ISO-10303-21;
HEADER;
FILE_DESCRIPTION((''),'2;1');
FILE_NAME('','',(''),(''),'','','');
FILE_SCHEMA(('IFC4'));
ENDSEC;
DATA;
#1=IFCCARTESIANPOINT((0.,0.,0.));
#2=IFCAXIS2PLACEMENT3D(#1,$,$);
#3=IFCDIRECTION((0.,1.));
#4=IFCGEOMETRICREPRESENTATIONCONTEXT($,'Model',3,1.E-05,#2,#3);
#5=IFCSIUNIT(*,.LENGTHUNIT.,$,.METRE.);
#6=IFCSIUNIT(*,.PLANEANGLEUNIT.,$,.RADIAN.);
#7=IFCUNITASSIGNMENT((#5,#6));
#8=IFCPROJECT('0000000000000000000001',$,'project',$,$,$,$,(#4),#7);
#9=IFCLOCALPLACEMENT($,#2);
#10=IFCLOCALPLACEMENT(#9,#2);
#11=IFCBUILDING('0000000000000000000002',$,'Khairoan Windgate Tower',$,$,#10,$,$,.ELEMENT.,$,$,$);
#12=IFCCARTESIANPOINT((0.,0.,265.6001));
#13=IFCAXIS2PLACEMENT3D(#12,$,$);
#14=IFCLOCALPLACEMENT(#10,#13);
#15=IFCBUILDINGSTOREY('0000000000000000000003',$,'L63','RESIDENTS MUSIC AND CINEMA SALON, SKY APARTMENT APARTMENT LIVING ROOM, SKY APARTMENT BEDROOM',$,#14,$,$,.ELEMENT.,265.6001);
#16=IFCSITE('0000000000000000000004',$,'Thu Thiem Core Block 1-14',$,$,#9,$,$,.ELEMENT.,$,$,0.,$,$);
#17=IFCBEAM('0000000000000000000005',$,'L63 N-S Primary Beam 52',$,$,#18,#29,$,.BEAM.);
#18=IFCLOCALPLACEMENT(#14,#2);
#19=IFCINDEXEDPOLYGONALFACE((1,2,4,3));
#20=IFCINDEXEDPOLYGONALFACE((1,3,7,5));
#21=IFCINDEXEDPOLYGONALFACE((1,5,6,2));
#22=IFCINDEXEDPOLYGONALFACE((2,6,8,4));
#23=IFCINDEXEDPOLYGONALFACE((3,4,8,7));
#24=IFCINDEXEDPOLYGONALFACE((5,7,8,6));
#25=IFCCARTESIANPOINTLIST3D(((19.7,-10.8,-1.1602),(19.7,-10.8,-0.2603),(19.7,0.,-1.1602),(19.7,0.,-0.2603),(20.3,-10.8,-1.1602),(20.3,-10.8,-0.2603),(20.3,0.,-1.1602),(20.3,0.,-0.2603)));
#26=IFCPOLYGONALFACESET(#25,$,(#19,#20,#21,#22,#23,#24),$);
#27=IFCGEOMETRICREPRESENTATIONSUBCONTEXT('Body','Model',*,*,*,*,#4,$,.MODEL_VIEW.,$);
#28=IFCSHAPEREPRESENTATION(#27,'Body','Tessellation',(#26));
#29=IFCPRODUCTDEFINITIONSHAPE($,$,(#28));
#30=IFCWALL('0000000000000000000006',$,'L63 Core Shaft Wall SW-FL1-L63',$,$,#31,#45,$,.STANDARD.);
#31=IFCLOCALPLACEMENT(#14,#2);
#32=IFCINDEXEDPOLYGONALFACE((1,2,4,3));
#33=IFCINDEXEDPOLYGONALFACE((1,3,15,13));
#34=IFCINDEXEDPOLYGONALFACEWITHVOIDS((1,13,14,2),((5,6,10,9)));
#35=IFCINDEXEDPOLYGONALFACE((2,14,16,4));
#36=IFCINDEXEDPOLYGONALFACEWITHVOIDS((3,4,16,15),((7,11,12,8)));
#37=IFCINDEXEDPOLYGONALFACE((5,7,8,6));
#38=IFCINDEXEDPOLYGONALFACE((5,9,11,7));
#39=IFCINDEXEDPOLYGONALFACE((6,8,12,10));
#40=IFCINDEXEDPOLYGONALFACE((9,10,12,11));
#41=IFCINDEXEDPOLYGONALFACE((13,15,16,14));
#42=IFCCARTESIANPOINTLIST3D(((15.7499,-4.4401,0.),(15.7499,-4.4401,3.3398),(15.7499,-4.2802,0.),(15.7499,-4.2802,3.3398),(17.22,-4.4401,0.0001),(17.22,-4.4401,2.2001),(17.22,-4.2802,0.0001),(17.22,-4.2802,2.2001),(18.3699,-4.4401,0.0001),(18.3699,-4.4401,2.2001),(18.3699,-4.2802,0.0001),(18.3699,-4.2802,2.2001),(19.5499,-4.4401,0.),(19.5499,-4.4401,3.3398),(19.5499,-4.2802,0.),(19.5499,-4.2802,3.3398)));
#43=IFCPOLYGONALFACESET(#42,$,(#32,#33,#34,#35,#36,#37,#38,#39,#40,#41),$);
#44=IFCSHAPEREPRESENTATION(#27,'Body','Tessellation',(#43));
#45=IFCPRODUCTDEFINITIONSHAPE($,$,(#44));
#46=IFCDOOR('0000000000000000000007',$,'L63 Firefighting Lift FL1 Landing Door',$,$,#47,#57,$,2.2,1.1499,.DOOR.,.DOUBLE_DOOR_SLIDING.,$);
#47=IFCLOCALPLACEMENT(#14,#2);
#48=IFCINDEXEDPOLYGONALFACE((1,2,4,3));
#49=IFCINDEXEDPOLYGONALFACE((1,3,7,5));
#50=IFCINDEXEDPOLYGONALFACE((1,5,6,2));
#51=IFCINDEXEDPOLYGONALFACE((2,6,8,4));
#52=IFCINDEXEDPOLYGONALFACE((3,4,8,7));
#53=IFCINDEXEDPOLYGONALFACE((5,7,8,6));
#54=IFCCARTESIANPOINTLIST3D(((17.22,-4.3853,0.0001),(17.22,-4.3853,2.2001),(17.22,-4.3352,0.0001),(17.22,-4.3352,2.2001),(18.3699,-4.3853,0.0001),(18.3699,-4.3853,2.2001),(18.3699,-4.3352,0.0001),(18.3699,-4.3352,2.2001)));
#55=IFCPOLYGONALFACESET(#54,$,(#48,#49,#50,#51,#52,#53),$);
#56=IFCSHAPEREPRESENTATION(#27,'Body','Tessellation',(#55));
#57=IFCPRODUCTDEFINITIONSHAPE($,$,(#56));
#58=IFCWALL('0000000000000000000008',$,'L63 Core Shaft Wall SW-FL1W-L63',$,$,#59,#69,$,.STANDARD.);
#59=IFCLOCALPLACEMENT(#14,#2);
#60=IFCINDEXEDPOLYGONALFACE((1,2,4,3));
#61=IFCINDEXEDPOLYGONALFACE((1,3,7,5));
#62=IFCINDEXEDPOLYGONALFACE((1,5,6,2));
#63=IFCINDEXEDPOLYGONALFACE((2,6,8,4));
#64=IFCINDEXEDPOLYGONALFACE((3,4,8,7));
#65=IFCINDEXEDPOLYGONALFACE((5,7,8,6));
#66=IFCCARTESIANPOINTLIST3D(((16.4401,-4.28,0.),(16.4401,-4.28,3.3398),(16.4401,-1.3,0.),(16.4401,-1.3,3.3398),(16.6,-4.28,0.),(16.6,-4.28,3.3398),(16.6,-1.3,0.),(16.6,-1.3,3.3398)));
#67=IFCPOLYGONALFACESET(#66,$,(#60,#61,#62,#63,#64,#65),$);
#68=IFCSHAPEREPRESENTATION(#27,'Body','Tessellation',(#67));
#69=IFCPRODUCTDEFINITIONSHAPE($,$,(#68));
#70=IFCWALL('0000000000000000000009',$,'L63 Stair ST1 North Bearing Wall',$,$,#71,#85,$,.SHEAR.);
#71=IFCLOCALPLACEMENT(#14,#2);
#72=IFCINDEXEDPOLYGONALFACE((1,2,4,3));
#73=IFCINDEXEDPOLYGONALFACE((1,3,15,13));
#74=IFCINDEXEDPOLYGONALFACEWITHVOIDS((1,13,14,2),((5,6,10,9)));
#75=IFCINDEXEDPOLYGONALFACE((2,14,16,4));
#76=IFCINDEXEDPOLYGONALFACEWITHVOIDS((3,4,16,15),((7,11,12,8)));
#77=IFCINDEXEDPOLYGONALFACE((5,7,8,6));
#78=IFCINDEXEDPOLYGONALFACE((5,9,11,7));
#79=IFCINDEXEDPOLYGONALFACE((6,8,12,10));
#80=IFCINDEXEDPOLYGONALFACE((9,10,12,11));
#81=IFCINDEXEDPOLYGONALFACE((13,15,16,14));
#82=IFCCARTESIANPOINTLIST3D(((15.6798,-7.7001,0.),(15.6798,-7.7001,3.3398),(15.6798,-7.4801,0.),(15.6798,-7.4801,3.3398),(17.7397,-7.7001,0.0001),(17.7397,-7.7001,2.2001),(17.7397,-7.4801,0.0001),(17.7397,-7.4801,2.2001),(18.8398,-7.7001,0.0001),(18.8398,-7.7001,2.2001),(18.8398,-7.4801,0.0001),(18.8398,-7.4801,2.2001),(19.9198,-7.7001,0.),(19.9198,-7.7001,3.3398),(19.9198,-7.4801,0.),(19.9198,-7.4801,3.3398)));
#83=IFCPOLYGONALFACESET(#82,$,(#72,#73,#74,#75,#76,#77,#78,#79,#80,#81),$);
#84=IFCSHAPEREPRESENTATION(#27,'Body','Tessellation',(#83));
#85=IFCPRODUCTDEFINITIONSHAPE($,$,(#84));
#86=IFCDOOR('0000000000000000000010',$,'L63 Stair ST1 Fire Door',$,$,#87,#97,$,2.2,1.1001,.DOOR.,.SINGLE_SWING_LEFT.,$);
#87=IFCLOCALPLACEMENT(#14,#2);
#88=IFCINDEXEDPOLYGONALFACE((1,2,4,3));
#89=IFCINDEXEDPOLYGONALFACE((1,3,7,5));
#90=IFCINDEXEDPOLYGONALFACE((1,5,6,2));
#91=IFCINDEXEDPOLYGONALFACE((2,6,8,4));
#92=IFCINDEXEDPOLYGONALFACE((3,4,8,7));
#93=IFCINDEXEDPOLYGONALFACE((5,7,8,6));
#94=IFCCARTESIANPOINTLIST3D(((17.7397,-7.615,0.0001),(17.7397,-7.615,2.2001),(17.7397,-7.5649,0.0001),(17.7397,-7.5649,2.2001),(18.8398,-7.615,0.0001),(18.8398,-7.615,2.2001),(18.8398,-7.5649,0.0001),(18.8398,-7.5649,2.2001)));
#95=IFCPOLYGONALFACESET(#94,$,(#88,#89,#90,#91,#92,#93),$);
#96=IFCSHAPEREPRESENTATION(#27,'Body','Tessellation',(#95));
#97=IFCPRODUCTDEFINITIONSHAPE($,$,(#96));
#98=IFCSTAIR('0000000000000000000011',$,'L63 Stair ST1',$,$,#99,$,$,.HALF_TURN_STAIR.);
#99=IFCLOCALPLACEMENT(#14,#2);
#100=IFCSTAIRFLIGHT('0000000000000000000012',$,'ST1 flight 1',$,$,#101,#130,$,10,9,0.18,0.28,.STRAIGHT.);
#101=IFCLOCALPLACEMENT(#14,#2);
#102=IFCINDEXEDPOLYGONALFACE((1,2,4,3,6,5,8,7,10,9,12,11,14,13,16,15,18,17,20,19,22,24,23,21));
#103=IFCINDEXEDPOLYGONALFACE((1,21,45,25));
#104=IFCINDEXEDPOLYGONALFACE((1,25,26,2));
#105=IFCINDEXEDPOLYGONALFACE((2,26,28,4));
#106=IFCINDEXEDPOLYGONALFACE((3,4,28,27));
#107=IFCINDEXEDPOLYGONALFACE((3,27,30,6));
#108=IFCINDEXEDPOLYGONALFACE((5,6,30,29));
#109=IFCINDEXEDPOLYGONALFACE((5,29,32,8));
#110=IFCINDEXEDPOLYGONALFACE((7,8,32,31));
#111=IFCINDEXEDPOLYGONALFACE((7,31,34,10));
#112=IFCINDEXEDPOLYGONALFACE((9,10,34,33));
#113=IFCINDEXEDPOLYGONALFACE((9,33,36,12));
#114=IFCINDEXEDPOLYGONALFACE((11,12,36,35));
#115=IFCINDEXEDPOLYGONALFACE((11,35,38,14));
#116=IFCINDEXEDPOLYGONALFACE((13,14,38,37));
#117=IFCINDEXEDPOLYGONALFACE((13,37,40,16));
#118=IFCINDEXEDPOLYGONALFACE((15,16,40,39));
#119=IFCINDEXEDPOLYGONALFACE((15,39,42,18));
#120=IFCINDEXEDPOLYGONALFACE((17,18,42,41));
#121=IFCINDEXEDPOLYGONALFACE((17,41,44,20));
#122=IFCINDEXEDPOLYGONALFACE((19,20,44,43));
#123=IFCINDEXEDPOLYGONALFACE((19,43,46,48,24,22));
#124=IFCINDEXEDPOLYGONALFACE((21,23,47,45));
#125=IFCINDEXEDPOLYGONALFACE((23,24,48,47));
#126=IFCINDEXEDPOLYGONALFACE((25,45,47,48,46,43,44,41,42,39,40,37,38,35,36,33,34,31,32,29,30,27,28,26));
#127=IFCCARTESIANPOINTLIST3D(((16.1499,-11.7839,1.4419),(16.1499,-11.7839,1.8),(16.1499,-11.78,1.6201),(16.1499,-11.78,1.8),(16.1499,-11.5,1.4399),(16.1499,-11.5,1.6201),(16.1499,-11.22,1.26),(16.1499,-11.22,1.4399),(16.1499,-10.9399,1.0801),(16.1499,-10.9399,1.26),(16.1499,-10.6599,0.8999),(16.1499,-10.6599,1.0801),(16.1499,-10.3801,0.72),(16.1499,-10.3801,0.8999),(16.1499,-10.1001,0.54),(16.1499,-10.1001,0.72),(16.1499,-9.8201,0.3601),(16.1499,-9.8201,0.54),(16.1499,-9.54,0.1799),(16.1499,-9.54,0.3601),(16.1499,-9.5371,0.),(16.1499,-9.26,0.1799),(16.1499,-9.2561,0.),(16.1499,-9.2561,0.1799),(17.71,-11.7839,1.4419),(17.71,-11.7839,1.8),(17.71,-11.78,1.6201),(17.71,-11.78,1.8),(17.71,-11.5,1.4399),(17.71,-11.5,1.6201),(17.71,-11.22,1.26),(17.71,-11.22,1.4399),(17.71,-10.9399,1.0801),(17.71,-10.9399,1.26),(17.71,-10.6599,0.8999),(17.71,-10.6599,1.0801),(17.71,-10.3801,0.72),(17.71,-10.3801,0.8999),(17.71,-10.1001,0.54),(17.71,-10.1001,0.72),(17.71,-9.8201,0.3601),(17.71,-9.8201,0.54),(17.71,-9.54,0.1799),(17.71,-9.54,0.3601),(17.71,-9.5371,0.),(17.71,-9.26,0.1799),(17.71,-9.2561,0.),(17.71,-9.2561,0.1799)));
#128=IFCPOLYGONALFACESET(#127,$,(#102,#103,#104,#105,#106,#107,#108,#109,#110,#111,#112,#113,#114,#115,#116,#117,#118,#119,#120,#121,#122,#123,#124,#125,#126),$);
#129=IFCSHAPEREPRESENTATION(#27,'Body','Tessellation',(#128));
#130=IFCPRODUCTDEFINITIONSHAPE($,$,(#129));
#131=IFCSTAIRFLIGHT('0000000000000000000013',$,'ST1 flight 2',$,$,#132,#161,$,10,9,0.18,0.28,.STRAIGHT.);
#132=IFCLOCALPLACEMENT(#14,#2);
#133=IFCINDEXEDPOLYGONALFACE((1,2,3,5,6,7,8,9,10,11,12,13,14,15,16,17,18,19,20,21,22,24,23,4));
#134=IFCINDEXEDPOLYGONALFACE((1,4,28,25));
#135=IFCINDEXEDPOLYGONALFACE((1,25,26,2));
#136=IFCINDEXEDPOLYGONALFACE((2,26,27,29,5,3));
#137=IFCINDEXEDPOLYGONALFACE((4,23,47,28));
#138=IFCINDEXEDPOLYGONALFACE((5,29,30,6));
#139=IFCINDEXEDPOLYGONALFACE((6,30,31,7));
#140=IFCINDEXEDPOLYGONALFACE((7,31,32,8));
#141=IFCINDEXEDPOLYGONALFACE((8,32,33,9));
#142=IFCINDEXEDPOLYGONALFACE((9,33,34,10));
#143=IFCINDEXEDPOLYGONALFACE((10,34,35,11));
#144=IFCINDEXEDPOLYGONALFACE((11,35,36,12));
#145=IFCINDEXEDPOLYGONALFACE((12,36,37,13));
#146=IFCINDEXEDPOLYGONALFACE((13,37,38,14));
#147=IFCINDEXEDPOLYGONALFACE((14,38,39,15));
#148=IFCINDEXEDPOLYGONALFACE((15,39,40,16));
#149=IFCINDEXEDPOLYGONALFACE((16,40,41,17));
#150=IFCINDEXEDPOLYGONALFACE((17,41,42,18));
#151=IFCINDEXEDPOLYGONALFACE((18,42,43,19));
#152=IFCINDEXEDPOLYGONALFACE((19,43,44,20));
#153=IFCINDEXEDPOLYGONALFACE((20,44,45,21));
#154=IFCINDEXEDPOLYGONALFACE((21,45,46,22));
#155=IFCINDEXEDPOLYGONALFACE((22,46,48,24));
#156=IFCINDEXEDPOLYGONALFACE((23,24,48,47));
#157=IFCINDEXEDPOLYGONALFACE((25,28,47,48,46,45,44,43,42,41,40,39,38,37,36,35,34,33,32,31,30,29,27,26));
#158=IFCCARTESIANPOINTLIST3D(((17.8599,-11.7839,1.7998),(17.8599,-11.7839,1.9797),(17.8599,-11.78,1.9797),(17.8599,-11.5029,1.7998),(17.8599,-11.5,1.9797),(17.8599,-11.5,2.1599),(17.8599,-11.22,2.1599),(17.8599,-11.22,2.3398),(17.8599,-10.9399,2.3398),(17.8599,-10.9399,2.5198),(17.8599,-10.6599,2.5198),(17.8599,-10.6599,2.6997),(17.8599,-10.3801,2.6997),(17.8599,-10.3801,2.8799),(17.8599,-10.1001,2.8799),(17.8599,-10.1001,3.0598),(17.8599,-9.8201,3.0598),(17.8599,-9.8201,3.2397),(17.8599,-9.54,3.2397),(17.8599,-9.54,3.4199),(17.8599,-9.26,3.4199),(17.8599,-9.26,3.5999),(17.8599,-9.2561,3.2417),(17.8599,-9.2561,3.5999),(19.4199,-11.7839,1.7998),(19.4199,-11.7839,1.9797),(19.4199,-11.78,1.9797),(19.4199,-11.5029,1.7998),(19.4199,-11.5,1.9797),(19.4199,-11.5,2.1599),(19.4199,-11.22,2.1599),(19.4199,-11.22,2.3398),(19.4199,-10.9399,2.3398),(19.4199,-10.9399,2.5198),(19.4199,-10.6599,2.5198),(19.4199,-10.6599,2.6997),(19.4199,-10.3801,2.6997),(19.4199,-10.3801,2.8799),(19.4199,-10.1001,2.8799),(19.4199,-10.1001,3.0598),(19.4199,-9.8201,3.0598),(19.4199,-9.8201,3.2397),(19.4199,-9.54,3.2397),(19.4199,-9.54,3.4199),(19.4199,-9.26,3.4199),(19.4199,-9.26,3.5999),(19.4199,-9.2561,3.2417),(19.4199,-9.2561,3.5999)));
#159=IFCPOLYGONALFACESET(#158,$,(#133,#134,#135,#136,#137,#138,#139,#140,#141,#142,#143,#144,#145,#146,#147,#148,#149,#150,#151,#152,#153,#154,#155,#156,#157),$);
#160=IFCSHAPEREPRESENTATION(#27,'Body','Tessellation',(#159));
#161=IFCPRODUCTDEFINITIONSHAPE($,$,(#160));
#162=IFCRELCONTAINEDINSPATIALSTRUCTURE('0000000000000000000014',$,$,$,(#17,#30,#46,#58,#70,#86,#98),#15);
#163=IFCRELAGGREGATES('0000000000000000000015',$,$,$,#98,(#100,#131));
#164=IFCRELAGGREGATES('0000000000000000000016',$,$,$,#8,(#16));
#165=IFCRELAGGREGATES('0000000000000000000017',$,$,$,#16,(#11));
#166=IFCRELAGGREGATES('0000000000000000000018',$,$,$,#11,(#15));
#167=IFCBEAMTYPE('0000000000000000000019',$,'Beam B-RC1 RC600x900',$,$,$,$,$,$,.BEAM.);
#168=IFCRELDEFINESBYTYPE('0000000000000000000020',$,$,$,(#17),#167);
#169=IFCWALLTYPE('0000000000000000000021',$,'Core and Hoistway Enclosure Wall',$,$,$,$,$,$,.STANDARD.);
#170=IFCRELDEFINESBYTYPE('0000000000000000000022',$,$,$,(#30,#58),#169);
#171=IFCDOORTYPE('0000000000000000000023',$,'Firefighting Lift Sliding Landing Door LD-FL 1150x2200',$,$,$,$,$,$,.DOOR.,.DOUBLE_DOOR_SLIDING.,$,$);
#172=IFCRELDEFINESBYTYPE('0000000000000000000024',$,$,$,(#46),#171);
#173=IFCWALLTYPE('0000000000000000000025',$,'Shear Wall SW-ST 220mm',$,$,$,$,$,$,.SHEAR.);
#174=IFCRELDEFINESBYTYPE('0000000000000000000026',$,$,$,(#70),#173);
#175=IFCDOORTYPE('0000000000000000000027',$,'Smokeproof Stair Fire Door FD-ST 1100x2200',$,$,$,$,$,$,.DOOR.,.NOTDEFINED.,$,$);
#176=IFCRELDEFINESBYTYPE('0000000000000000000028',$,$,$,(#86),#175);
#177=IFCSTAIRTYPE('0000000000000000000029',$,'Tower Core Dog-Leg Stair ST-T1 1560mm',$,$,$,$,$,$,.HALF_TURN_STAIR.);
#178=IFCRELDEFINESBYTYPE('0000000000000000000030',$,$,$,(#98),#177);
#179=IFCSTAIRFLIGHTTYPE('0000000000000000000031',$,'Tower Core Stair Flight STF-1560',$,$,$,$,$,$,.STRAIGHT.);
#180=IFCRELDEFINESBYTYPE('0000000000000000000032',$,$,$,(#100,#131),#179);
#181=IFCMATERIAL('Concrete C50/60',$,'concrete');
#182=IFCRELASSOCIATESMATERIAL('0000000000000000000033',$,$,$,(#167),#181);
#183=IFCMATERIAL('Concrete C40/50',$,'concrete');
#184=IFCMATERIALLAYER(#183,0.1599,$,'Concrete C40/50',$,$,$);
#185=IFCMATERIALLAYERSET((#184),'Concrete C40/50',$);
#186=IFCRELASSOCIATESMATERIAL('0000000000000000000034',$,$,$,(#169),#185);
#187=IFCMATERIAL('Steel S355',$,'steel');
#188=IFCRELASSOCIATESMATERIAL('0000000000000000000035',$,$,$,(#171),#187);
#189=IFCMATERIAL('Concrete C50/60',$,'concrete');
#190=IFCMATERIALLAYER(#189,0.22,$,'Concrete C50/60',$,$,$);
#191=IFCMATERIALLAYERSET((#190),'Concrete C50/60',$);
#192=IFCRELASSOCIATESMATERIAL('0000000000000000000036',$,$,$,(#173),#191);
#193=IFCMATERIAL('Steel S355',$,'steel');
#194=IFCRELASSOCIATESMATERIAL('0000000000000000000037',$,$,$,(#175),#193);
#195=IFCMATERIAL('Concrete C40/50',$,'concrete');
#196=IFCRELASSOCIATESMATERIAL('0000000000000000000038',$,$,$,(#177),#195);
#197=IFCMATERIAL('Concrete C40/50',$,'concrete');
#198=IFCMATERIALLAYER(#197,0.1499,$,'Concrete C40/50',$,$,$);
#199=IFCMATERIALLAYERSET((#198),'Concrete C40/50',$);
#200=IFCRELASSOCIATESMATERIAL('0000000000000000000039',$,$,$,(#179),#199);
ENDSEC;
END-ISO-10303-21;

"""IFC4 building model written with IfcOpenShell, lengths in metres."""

from ifc_helpers import new_model, si_unit, direction, frame, frame_2d, origin, origin_2d, place, context, subcontext, project, spatial, polyline, rectangle, outline, extrude, material, layer, layer_set, material_profile, profile_set, type_object, element, fill, aggregate, save


model = new_model("IFC4")

# Units and contexts
model_context = context("Model", 3, precision=1e-05, world=origin(), true_north=direction((0.0, 1.0)))
body_context = subcontext(model_context, "Body", "Model", "MODEL_VIEW")
ifc_project = project(units=[si_unit("LENGTHUNIT", "METRE"), si_unit("PLANEANGLEUNIT", "RADIAN")], contexts=[model_context])

# Site, building, storey
site_placement = place(None, origin())
site = spatial("IfcSite", under=ifc_project, at=site_placement, Name="Thu Thiem Core Block 1-14", CompositionType="ELEMENT", RefElevation=0.0)
building_placement = place(site_placement, origin())
building = spatial("IfcBuilding", under=site, at=building_placement, Name="Khairoan Windgate Tower", CompositionType="ELEMENT")
storey_placement = place(building_placement, frame((0.0, 0.0, 265.6001)))
storey = spatial("IfcBuildingStorey", under=building, at=storey_placement, Name="L63", Description="RESIDENTS MUSIC AND CINEMA SALON, SKY APARTMENT APARTMENT LIVING ROOM, SKY APARTMENT BEDROOM", CompositionType="ELEMENT", Elevation=265.6001)

# Beam
ifc_material_1 = material(Name="Concrete C50/60", Category="concrete")
ifc_material_profile = material_profile(ifc_material_1, rectangle(XDim=0.6001, YDim=0.8999, at=origin_2d()))
ifc_profile_set = profile_set([ifc_material_profile], Name="Concrete C50/60")
beam_type = type_object("IfcBeamType", Name="Beam B-RC1 RC600x900", PredefinedType="BEAM", material=ifc_profile_set)
beam_placement = place(storey_placement, frame((20.0, -10.8, -0.7102), z_axis=(0.0, 1.0, 0.0), x_axis=(-1.0, 0.0, 0.0)))
element("IfcBeam", 1, at=beam_placement, inside=storey, type_object=beam_type, Name="L63 N-S Primary Beam 52", PredefinedType="BEAM", context=body_context, shape_type="SweptSolid", body=[
    extrude(rectangle(XDim=0.6001, YDim=0.8999, at=origin_2d()), origin(), (0.0, 0.0, 1.0), 10.8),
])

# Wall, opening, door
ifc_material_2 = material(Name="Concrete C40/50", Category="concrete")
ifc_layer_1 = layer(ifc_material_2, 0.1599, Name="Concrete C40/50")
ifc_layer_set_1 = layer_set([ifc_layer_1], Name="Concrete C40/50")
wall_type_1 = type_object("IfcWallType", Name="Core and Hoistway Enclosure Wall", PredefinedType="STANDARD", material=ifc_layer_set_1)
wall_1_placement = place(storey_placement, frame((15.75, -4.3601, 0.0), z_axis=(0.0, 0.0, 1.0), x_axis=(1.0, 0.0, 0.0)))
wall_1 = element("IfcWall", 2, at=wall_1_placement, inside=storey, type_object=wall_type_1, Name="L63 Core Shaft Wall SW-FL1-L63", PredefinedType="STANDARD", context=body_context, shape_type="SweptSolid", body=[
    extrude(rectangle(XDim=3.8, YDim=0.1599, at=frame_2d((1.8999, 0.0))), origin(), (0.0, 0.0, 1.0), 3.3398),
])
opening_1_placement = place(wall_1_placement, frame((1.47, 0.0, 0.0)))
opening_1 = element("IfcOpeningElement", 3, at=opening_1_placement, cuts=wall_1, PredefinedType="OPENING", context=body_context, shape_type="SweptSolid", body=[
    extrude(rectangle(XDim=1.1499, YDim=2.2, at=frame_2d((0.575, 1.1001))), frame((0.0, 0.0898, 0.0), z_axis=(0.0, -1.0, 0.0), x_axis=(1.0, 0.0, 0.0)), (0.0, 0.0, 1.0), 0.1799),
])
ifc_material_3 = material(Name="Steel S355", Category="steel")
door_type_1 = type_object("IfcDoorType", Name="Firefighting Lift Sliding Landing Door LD-FL 1150x2200", OperationType="DOUBLE_DOOR_SLIDING", PredefinedType="DOOR", material=ifc_material_3)
door_1_placement = place(opening_1_placement, origin())
door_1 = element("IfcDoor", 4, at=door_1_placement, inside=storey, type_object=door_type_1, Name="L63 Firefighting Lift FL1 Landing Door", OperationType="DOUBLE_DOOR_SLIDING", OverallHeight=2.2, OverallWidth=1.1499, PredefinedType="DOOR", context=body_context, shape_type="SweptSolid", body=[
    extrude(rectangle(XDim=1.1499, YDim=2.2, at=frame_2d((0.575, 1.1001))), frame((0.0, 0.0249, 0.0), z_axis=(0.0, -1.0, 0.0), x_axis=(1.0, 0.0, 0.0)), (0.0, 0.0, 1.0), 0.05),
])
fill(opening_1, door_1)

# Wall
wall_2_placement = place(storey_placement, frame((16.52, -4.28, 0.0), z_axis=(0.0, 0.0, 1.0), x_axis=(0.0, 1.0, 0.0)))
element("IfcWall", 5, at=wall_2_placement, inside=storey, type_object=wall_type_1, Name="L63 Core Shaft Wall SW-FL1W-L63", PredefinedType="STANDARD", context=body_context, shape_type="SweptSolid", body=[
    extrude(rectangle(XDim=2.98, YDim=0.1599, at=frame_2d((1.49, 0.0))), origin(), (0.0, 0.0, 1.0), 3.3398),
])

# Wall, opening, door
ifc_material_4 = material(Name="Concrete C50/60", Category="concrete")
ifc_layer_2 = layer(ifc_material_4, 0.22, Name="Concrete C50/60")
ifc_layer_set_2 = layer_set([ifc_layer_2], Name="Concrete C50/60")
wall_type_2 = type_object("IfcWallType", Name="Shear Wall SW-ST 220mm", PredefinedType="SHEAR", material=ifc_layer_set_2)
wall_3_placement = place(storey_placement, frame((19.9199, -7.5901, 0.0), z_axis=(0.0, 0.0, 1.0), x_axis=(-1.0, 0.0, 0.0)))
wall_3 = element("IfcWall", 6, at=wall_3_placement, inside=storey, type_object=wall_type_2, Name="L63 Stair ST1 North Bearing Wall", PredefinedType="SHEAR", context=body_context, shape_type="SweptSolid", body=[
    extrude(rectangle(XDim=4.24, YDim=0.22, at=frame_2d((2.1201, 0.0))), origin(), (0.0, 0.0, 1.0), 3.3398),
])
opening_2_placement = place(wall_3_placement, frame((1.0801, 0.0, 0.0)))
opening_2 = element("IfcOpeningElement", 7, at=opening_2_placement, cuts=wall_3, PredefinedType="OPENING", context=body_context, shape_type="SweptSolid", body=[
    extrude(rectangle(XDim=1.1001, YDim=2.2, at=frame_2d((0.55, 1.1001))), frame((0.0, 0.1199, 0.0), z_axis=(0.0, -1.0, 0.0), x_axis=(1.0, 0.0, 0.0)), (0.0, 0.0, 1.0), 0.24),
])
ifc_material_5 = material(Name="Steel S355", Category="steel")
door_type_2 = type_object("IfcDoorType", Name="Smokeproof Stair Fire Door FD-ST 1100x2200", OperationType="NOTDEFINED", PredefinedType="DOOR", material=ifc_material_5)
door_2_placement = place(opening_2_placement, origin())
door_2 = element("IfcDoor", 8, at=door_2_placement, inside=storey, type_object=door_type_2, Name="L63 Stair ST1 Fire Door", OperationType="SINGLE_SWING_LEFT", OverallHeight=2.2, OverallWidth=1.1001, PredefinedType="DOOR", context=body_context, shape_type="SweptSolid", body=[
    extrude(rectangle(XDim=1.1001, YDim=2.2, at=frame_2d((0.55, 1.1001))), frame((0.0, 0.0249, 0.0), z_axis=(0.0, -1.0, 0.0), x_axis=(1.0, 0.0, 0.0)), (0.0, 0.0, 1.0), 0.05),
])
fill(opening_2, door_2)

# Stair, stair flights
ifc_material_6 = material(Name="Concrete C40/50", Category="concrete")
stair_type = type_object("IfcStairType", Name="Tower Core Dog-Leg Stair ST-T1 1560mm", PredefinedType="HALF_TURN_STAIR", material=ifc_material_6)
stair_placement = place(storey_placement, origin())
stair = element("IfcStair", 9, at=stair_placement, inside=storey, type_object=stair_type, Name="L63 Stair ST1", PredefinedType="HALF_TURN_STAIR")
ifc_material_7 = material(Name="Concrete C40/50", Category="concrete")
ifc_layer_3 = layer(ifc_material_7, 0.1499, Name="Concrete C40/50")
ifc_layer_set_3 = layer_set([ifc_layer_3], Name="Concrete C40/50")
stair_flight_type = type_object("IfcStairFlightType", Name="Tower Core Stair Flight STF-1560", PredefinedType="STRAIGHT", material=ifc_layer_set_3)
stair_flight_1_placement = place(storey_placement, frame((16.9299, -9.26, 0.0), z_axis=(0.0, 0.0, 1.0), x_axis=(0.0, -1.0, 0.0)))
stair_flight_1 = element("IfcStairFlight", 10, at=stair_flight_1_placement, type_object=stair_flight_type, Name="ST1 flight 1", NumberOfRisers=10, NumberOfTreads=9, PredefinedType="STRAIGHT", RiserHeight=0.18, TreadLength=0.28, context=body_context, shape_type="SweptSolid", body=[
    extrude(outline(polyline([(-0.0039, 0.0), (-0.0039, 0.1799), (0.0, 0.1799), (0.28, 0.1799), (0.28, 0.3601), (0.5601, 0.3601), (0.5601, 0.54), (0.8401, 0.54), (0.8401, 0.72), (1.1201, 0.72), (1.1201, 0.8999), (1.3999, 0.8999), (1.3999, 1.0801), (1.6799, 1.0801), (1.6799, 1.26), (1.96, 1.26), (1.96, 1.4399), (2.24, 1.4399), (2.24, 1.6201), (2.52, 1.6201), (2.52, 1.8), (2.5239, 1.8), (2.5239, 1.4419), (0.2771, 0.0), (-0.0039, 0.0)])), frame((0.0, 0.78, 0.0), z_axis=(0.0, -1.0, 0.0), x_axis=(1.0, 0.0, 0.0)), (0.0, 0.0, 1.0), 1.5601),
])
stair_flight_2_placement = place(storey_placement, frame((18.6399, -11.78, 1.7998), z_axis=(0.0, 0.0, 1.0), x_axis=(0.0, 1.0, 0.0)))
stair_flight_2 = element("IfcStairFlight", 11, at=stair_flight_2_placement, type_object=stair_flight_type, Name="ST1 flight 2", NumberOfRisers=10, NumberOfTreads=9, PredefinedType="STRAIGHT", RiserHeight=0.18, TreadLength=0.28, context=body_context, shape_type="SweptSolid", body=[
    extrude(outline(polyline([(-0.0039, 0.0), (-0.0039, 0.1799), (0.0, 0.1799), (0.28, 0.1799), (0.28, 0.3601), (0.5601, 0.3601), (0.5601, 0.54), (0.8401, 0.54), (0.8401, 0.72), (1.1201, 0.72), (1.1201, 0.8999), (1.3999, 0.8999), (1.3999, 1.0801), (1.6799, 1.0801), (1.6799, 1.26), (1.96, 1.26), (1.96, 1.4399), (2.24, 1.4399), (2.24, 1.6201), (2.52, 1.6201), (2.52, 1.8), (2.5239, 1.8), (2.5239, 1.4419), (0.2771, 0.0), (-0.0039, 0.0)])), frame((0.0, 0.78, 0.0), z_axis=(0.0, -1.0, 0.0), x_axis=(1.0, 0.0, 0.0)), (0.0, 0.0, 1.0), 1.5601),
])
aggregate(stair, [stair_flight_1, stair_flight_2])

save(model, "model.ifc")
